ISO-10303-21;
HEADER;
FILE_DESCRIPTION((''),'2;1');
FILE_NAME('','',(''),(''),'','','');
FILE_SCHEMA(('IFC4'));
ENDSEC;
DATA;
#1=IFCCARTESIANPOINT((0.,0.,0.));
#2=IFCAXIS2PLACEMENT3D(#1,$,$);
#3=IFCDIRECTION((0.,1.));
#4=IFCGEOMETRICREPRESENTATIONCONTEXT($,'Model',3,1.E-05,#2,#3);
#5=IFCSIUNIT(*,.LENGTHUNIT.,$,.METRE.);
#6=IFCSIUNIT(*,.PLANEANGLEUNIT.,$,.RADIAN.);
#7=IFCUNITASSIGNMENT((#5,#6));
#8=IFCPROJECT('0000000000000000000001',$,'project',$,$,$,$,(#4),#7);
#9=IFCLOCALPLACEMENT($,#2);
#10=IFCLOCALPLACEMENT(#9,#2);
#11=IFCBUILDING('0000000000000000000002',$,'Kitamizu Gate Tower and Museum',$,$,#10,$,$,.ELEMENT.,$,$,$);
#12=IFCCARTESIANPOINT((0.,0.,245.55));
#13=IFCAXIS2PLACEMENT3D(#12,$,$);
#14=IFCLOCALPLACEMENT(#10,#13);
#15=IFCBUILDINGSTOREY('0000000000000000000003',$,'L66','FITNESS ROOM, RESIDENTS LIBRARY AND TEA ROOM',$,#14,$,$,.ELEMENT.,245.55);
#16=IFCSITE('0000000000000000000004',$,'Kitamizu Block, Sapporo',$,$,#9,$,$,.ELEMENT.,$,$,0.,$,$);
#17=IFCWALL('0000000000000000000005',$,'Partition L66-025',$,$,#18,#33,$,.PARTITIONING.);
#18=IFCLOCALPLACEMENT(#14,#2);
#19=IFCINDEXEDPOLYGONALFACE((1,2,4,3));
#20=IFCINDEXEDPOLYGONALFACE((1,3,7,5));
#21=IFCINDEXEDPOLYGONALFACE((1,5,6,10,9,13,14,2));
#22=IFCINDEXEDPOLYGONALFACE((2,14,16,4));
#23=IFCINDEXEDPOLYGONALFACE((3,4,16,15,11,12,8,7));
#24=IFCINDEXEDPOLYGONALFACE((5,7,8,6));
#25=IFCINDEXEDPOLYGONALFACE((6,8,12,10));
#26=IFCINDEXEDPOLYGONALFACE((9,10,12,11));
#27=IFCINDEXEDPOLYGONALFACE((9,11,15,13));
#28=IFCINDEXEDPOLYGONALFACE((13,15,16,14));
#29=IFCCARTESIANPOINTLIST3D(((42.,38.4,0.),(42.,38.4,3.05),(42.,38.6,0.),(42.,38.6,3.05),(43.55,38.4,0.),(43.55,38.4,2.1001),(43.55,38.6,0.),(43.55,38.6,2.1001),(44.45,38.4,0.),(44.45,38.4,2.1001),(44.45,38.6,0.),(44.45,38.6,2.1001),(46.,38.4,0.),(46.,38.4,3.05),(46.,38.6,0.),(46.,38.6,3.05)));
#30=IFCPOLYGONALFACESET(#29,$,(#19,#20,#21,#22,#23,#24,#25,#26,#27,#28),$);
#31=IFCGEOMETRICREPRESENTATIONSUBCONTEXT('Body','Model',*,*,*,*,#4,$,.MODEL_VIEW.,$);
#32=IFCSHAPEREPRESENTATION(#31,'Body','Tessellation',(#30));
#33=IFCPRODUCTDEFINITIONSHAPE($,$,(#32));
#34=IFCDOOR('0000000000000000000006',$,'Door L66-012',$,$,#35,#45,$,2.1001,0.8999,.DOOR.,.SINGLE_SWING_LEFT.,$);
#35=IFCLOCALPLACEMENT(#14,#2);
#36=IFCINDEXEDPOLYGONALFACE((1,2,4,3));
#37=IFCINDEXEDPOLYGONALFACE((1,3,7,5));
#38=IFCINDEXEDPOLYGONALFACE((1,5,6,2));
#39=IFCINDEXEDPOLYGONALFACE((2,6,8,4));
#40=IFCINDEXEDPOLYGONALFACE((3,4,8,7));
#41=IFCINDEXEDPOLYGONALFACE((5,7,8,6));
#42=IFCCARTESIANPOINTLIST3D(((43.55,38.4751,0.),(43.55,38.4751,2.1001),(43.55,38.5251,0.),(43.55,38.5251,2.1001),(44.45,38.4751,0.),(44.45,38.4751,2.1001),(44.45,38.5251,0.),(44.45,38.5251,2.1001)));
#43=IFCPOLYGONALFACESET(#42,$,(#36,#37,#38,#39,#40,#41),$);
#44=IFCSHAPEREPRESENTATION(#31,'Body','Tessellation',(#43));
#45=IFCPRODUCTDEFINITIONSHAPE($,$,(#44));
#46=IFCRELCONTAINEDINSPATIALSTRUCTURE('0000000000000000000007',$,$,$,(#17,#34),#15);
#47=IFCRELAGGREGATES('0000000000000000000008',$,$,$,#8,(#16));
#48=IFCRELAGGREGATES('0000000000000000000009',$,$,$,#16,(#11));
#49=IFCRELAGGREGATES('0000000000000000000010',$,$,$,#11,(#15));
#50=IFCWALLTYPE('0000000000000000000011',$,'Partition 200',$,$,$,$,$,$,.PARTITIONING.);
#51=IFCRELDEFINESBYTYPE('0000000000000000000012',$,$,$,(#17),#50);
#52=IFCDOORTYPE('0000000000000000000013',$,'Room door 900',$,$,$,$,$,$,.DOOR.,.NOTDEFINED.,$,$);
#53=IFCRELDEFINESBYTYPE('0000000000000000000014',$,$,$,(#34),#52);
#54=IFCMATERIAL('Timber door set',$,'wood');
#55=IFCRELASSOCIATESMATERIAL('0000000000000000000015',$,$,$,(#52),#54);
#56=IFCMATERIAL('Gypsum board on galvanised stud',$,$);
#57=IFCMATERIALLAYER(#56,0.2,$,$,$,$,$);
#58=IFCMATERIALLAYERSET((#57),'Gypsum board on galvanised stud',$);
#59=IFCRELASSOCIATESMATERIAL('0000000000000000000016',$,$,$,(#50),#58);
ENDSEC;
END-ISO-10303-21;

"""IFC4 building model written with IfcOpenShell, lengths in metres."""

from ifc_helpers import new_model, si_unit, direction, frame, frame_2d, origin, place, context, subcontext, project, spatial, rectangle, extrude, material, layer, layer_set, type_object, element, fill, save


model = new_model("IFC4")

# Units and contexts
model_context = context("Model", 3, precision=1e-05, world=origin(), true_north=direction((0.0, 1.0)))
body_context = subcontext(model_context, "Body", "Model", "MODEL_VIEW")
ifc_project = project(units=[si_unit("LENGTHUNIT", "METRE"), si_unit("PLANEANGLEUNIT", "RADIAN")], contexts=[model_context])

# Site, building, storey
site_placement = place(None, origin())
site = spatial("IfcSite", under=ifc_project, at=site_placement, Name="Kitamizu Block, Sapporo", CompositionType="ELEMENT", RefElevation=0.0)
building_placement = place(site_placement, origin())
building = spatial("IfcBuilding", under=site, at=building_placement, Name="Kitamizu Gate Tower and Museum", CompositionType="ELEMENT")
storey_placement = place(building_placement, frame((0.0, 0.0, 245.55)))
storey = spatial("IfcBuildingStorey", under=building, at=storey_placement, Name="L66", Description="FITNESS ROOM, RESIDENTS LIBRARY AND TEA ROOM", CompositionType="ELEMENT", Elevation=245.55)

# Shared definitions
ifc_material_1 = material(Name="Timber door set", Category="wood")
door_type_1 = type_object("IfcDoorType", Name="Room door 900", OperationType="NOTDEFINED", PredefinedType="DOOR", material=ifc_material_1)

# Shared definitions
ifc_material_2 = material(Name="Gypsum board on galvanised stud")
ifc_layer_1 = layer(ifc_material_2, 0.2)
ifc_layer_set_1 = layer_set([ifc_layer_1], Name="Gypsum board on galvanised stud")
wall_type_1 = type_object("IfcWallType", Name="Partition 200", PredefinedType="PARTITIONING", material=ifc_layer_set_1)

# Wall, opening, door
wall_1_placement = place(storey_placement, frame((46.0, 38.5, 0.0), z_axis=(0.0, 0.0, 1.0), x_axis=(-1.0, 0.0, 0.0)))
wall_1 = element("IfcWall", 1, at=wall_1_placement, inside=storey, type_object=wall_type_1, Name="Partition L66-025", PredefinedType="PARTITIONING", context=body_context, shape_type="SweptSolid", body=[
    extrude(rectangle(XDim=4.0, YDim=0.2, at=frame_2d((2.0, 0.0))), origin(), (0.0, 0.0, 1.0), 3.05),
])
opening_1_placement = place(wall_1_placement, frame((1.55, 0.0, 0.0)))
opening_1 = element("IfcOpeningElement", 2, at=opening_1_placement, cuts=wall_1, PredefinedType="OPENING", context=body_context, shape_type="SweptSolid", body=[
    extrude(rectangle(XDim=0.8999, YDim=2.1001, at=frame_2d((0.45, 1.05))), frame((0.0, 0.1099, 0.0), z_axis=(0.0, -1.0, 0.0), x_axis=(1.0, 0.0, 0.0)), (0.0, 0.0, 1.0), 0.22),
])
door_1_placement = place(opening_1_placement, origin())
door_1 = element("IfcDoor", 3, at=door_1_placement, inside=storey, type_object=door_type_1, Name="Door L66-012", OperationType="SINGLE_SWING_LEFT", OverallHeight=2.1001, OverallWidth=0.8999, PredefinedType="DOOR", context=body_context, shape_type="SweptSolid", body=[
    extrude(rectangle(XDim=0.8999, YDim=2.1001, at=frame_2d((0.45, 1.05))), frame((0.0, 0.0249, 0.0), z_axis=(0.0, -1.0, 0.0), x_axis=(1.0, 0.0, 0.0)), (0.0, 0.0, 1.0), 0.05),
])
fill(opening_1, door_1)

save(model, "model.ifc")
